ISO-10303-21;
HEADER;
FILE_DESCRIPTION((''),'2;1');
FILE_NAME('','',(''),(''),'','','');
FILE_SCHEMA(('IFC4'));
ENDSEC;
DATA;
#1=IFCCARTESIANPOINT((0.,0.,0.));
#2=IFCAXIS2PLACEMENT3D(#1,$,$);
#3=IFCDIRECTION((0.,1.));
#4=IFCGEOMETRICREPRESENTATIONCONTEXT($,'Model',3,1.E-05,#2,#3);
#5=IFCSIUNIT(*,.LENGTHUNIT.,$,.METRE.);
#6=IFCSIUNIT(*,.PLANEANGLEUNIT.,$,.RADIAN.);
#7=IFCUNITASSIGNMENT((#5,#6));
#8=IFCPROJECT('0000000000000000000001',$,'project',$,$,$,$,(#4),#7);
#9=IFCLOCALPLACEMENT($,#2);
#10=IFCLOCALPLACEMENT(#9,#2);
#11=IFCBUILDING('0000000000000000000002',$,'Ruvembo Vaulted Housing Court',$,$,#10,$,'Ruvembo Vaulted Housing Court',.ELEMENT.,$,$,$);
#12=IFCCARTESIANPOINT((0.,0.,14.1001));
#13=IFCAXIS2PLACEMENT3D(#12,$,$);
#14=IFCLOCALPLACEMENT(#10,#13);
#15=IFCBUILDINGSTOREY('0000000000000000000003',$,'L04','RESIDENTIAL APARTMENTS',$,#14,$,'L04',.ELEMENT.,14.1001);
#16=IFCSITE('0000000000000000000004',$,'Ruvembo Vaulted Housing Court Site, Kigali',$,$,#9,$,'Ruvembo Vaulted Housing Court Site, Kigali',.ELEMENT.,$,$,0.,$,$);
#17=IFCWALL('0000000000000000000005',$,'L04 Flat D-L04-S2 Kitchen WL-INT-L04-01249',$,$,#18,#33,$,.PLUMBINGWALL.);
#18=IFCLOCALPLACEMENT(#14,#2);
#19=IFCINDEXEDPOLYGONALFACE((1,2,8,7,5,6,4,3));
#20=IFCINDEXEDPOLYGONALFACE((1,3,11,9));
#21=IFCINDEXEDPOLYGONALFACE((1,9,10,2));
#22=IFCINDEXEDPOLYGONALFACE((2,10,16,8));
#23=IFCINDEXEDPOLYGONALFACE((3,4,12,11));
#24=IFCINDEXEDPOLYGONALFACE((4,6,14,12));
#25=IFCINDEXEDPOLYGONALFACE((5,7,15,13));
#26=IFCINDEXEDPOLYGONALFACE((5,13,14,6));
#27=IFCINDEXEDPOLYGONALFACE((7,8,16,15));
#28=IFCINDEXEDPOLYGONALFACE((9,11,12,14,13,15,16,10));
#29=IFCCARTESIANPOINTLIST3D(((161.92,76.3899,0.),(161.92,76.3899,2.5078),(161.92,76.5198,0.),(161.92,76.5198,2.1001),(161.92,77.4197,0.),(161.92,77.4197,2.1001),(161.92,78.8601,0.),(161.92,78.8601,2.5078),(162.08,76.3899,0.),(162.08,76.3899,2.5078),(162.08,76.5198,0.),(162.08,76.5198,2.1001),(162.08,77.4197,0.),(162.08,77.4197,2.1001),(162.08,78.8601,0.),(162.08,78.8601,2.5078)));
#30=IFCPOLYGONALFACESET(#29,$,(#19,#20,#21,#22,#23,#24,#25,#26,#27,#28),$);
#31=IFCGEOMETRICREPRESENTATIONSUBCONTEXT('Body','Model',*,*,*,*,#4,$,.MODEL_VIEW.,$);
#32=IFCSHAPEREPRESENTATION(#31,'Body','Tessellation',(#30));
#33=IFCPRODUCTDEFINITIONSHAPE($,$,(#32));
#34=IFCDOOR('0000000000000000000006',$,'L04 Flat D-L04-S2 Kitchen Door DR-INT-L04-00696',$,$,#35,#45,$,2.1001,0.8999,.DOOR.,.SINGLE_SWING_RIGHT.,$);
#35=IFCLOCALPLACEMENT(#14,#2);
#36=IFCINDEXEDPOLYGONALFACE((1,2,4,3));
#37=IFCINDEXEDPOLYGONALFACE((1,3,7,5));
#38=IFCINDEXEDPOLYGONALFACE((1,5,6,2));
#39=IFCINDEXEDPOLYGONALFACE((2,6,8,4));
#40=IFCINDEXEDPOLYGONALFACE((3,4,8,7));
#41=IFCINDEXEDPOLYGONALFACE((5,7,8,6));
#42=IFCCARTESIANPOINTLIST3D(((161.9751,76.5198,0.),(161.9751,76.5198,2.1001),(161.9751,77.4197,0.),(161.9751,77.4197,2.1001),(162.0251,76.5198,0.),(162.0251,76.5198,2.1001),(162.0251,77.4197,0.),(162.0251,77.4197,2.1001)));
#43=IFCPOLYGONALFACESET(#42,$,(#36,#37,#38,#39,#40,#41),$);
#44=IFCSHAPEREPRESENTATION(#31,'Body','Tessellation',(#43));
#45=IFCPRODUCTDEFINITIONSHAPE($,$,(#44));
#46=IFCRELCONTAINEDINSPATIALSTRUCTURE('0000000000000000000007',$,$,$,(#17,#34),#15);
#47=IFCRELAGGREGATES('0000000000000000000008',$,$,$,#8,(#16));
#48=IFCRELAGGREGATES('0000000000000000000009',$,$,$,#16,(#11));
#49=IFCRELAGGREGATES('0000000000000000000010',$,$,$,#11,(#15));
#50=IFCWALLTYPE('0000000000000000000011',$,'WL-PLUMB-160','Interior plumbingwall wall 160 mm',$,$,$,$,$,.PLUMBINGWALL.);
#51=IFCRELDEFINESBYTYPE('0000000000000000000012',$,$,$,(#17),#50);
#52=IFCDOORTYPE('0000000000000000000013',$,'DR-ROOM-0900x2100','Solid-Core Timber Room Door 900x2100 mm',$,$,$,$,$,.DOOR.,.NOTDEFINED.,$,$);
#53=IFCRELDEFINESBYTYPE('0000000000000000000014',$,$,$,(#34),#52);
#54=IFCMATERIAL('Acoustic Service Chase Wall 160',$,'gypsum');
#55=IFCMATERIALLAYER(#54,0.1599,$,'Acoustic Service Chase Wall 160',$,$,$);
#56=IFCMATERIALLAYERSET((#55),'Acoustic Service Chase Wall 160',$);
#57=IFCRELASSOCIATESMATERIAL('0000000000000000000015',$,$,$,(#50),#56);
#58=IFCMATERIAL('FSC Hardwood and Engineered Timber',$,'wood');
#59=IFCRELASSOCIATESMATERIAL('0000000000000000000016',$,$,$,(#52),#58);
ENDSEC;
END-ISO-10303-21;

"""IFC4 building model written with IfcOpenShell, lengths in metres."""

from ifc_helpers import new_model, si_unit, direction, frame, frame_2d, origin, place, context, subcontext, project, spatial, rectangle, extrude, material, layer, layer_set, type_object, element, fill, save


model = new_model("IFC4")

# Units and contexts
model_context = context("Model", 3, precision=1e-05, world=origin(), true_north=direction((0.0, 1.0)))
body_context = subcontext(model_context, "Body", "Model", "MODEL_VIEW")
ifc_project = project(units=[si_unit("LENGTHUNIT", "METRE"), si_unit("PLANEANGLEUNIT", "RADIAN")], contexts=[model_context])

# Site, building, storey
site_placement = place(None, origin())
site = spatial("IfcSite", under=ifc_project, at=site_placement, Name="Ruvembo Vaulted Housing Court Site, Kigali", LongName="Ruvembo Vaulted Housing Court Site, Kigali", CompositionType="ELEMENT", RefElevation=0.0)
building_placement = place(site_placement, origin())
building = spatial("IfcBuilding", under=site, at=building_placement, Name="Ruvembo Vaulted Housing Court", LongName="Ruvembo Vaulted Housing Court", CompositionType="ELEMENT")
storey_placement = place(building_placement, frame((0.0, 0.0, 14.1001)))
storey = spatial("IfcBuildingStorey", under=building, at=storey_placement, Name="L04", Description="RESIDENTIAL APARTMENTS", LongName="L04", CompositionType="ELEMENT", Elevation=14.1001)

# Shared definitions
ifc_material_1 = material(Name="FSC Hardwood and Engineered Timber", Category="wood")

# Wall, opening, door
ifc_material_2 = material(Name="Acoustic Service Chase Wall 160", Category="gypsum")
ifc_layer_1 = layer(ifc_material_2, 0.1599, Name="Acoustic Service Chase Wall 160")
ifc_layer_set_1 = layer_set([ifc_layer_1], Name="Acoustic Service Chase Wall 160")
wall_type_1 = type_object("IfcWallType", Name="WL-PLUMB-160", Description="Interior plumbingwall wall 160 mm", PredefinedType="PLUMBINGWALL", material=ifc_layer_set_1)
wall_1_placement = place(storey_placement, frame((162.0, 76.3899, 0.0), z_axis=(0.0, 0.0, 1.0), x_axis=(0.0, 1.0, 0.0)))
wall_1 = element("IfcWall", 1, at=wall_1_placement, inside=storey, type_object=wall_type_1, Name="L04 Flat D-L04-S2 Kitchen WL-INT-L04-01249", PredefinedType="PLUMBINGWALL", context=body_context, shape_type="SweptSolid", body=[
    extrude(rectangle(XDim=2.4702, YDim=0.1599, at=frame_2d((1.2351, 0.0))), origin(), (0.0, 0.0, 1.0), 2.5078),
])
opening_1_placement = place(wall_1_placement, frame((0.1299, 0.0, 0.0)))
opening_1 = element("IfcOpeningElement", 2, at=opening_1_placement, cuts=wall_1, PredefinedType="OPENING", context=body_context, shape_type="SweptSolid", body=[
    extrude(rectangle(XDim=0.8999, YDim=2.1001, at=frame_2d((0.45, 1.05))), frame((0.0, 0.0898, 0.0), z_axis=(0.0, -1.0, 0.0), x_axis=(1.0, 0.0, 0.0)), (0.0, 0.0, 1.0), 0.1799),
])
door_type_1 = type_object("IfcDoorType", Name="DR-ROOM-0900x2100", Description="Solid-Core Timber Room Door 900x2100 mm", OperationType="NOTDEFINED", PredefinedType="DOOR", material=ifc_material_1)
door_1_placement = place(opening_1_placement, origin())
door_1 = element("IfcDoor", 3, at=door_1_placement, inside=storey, type_object=door_type_1, Name="L04 Flat D-L04-S2 Kitchen Door DR-INT-L04-00696", OperationType="SINGLE_SWING_RIGHT", OverallHeight=2.1001, OverallWidth=0.8999, PredefinedType="DOOR", context=body_context, shape_type="SweptSolid", body=[
    extrude(rectangle(XDim=0.8999, YDim=2.1001, at=frame_2d((0.45, 1.05))), frame((0.0, 0.0249, 0.0), z_axis=(0.0, -1.0, 0.0), x_axis=(1.0, 0.0, 0.0)), (0.0, 0.0, 1.0), 0.05),
])
fill(opening_1, door_1)

save(model, "model.ifc")
